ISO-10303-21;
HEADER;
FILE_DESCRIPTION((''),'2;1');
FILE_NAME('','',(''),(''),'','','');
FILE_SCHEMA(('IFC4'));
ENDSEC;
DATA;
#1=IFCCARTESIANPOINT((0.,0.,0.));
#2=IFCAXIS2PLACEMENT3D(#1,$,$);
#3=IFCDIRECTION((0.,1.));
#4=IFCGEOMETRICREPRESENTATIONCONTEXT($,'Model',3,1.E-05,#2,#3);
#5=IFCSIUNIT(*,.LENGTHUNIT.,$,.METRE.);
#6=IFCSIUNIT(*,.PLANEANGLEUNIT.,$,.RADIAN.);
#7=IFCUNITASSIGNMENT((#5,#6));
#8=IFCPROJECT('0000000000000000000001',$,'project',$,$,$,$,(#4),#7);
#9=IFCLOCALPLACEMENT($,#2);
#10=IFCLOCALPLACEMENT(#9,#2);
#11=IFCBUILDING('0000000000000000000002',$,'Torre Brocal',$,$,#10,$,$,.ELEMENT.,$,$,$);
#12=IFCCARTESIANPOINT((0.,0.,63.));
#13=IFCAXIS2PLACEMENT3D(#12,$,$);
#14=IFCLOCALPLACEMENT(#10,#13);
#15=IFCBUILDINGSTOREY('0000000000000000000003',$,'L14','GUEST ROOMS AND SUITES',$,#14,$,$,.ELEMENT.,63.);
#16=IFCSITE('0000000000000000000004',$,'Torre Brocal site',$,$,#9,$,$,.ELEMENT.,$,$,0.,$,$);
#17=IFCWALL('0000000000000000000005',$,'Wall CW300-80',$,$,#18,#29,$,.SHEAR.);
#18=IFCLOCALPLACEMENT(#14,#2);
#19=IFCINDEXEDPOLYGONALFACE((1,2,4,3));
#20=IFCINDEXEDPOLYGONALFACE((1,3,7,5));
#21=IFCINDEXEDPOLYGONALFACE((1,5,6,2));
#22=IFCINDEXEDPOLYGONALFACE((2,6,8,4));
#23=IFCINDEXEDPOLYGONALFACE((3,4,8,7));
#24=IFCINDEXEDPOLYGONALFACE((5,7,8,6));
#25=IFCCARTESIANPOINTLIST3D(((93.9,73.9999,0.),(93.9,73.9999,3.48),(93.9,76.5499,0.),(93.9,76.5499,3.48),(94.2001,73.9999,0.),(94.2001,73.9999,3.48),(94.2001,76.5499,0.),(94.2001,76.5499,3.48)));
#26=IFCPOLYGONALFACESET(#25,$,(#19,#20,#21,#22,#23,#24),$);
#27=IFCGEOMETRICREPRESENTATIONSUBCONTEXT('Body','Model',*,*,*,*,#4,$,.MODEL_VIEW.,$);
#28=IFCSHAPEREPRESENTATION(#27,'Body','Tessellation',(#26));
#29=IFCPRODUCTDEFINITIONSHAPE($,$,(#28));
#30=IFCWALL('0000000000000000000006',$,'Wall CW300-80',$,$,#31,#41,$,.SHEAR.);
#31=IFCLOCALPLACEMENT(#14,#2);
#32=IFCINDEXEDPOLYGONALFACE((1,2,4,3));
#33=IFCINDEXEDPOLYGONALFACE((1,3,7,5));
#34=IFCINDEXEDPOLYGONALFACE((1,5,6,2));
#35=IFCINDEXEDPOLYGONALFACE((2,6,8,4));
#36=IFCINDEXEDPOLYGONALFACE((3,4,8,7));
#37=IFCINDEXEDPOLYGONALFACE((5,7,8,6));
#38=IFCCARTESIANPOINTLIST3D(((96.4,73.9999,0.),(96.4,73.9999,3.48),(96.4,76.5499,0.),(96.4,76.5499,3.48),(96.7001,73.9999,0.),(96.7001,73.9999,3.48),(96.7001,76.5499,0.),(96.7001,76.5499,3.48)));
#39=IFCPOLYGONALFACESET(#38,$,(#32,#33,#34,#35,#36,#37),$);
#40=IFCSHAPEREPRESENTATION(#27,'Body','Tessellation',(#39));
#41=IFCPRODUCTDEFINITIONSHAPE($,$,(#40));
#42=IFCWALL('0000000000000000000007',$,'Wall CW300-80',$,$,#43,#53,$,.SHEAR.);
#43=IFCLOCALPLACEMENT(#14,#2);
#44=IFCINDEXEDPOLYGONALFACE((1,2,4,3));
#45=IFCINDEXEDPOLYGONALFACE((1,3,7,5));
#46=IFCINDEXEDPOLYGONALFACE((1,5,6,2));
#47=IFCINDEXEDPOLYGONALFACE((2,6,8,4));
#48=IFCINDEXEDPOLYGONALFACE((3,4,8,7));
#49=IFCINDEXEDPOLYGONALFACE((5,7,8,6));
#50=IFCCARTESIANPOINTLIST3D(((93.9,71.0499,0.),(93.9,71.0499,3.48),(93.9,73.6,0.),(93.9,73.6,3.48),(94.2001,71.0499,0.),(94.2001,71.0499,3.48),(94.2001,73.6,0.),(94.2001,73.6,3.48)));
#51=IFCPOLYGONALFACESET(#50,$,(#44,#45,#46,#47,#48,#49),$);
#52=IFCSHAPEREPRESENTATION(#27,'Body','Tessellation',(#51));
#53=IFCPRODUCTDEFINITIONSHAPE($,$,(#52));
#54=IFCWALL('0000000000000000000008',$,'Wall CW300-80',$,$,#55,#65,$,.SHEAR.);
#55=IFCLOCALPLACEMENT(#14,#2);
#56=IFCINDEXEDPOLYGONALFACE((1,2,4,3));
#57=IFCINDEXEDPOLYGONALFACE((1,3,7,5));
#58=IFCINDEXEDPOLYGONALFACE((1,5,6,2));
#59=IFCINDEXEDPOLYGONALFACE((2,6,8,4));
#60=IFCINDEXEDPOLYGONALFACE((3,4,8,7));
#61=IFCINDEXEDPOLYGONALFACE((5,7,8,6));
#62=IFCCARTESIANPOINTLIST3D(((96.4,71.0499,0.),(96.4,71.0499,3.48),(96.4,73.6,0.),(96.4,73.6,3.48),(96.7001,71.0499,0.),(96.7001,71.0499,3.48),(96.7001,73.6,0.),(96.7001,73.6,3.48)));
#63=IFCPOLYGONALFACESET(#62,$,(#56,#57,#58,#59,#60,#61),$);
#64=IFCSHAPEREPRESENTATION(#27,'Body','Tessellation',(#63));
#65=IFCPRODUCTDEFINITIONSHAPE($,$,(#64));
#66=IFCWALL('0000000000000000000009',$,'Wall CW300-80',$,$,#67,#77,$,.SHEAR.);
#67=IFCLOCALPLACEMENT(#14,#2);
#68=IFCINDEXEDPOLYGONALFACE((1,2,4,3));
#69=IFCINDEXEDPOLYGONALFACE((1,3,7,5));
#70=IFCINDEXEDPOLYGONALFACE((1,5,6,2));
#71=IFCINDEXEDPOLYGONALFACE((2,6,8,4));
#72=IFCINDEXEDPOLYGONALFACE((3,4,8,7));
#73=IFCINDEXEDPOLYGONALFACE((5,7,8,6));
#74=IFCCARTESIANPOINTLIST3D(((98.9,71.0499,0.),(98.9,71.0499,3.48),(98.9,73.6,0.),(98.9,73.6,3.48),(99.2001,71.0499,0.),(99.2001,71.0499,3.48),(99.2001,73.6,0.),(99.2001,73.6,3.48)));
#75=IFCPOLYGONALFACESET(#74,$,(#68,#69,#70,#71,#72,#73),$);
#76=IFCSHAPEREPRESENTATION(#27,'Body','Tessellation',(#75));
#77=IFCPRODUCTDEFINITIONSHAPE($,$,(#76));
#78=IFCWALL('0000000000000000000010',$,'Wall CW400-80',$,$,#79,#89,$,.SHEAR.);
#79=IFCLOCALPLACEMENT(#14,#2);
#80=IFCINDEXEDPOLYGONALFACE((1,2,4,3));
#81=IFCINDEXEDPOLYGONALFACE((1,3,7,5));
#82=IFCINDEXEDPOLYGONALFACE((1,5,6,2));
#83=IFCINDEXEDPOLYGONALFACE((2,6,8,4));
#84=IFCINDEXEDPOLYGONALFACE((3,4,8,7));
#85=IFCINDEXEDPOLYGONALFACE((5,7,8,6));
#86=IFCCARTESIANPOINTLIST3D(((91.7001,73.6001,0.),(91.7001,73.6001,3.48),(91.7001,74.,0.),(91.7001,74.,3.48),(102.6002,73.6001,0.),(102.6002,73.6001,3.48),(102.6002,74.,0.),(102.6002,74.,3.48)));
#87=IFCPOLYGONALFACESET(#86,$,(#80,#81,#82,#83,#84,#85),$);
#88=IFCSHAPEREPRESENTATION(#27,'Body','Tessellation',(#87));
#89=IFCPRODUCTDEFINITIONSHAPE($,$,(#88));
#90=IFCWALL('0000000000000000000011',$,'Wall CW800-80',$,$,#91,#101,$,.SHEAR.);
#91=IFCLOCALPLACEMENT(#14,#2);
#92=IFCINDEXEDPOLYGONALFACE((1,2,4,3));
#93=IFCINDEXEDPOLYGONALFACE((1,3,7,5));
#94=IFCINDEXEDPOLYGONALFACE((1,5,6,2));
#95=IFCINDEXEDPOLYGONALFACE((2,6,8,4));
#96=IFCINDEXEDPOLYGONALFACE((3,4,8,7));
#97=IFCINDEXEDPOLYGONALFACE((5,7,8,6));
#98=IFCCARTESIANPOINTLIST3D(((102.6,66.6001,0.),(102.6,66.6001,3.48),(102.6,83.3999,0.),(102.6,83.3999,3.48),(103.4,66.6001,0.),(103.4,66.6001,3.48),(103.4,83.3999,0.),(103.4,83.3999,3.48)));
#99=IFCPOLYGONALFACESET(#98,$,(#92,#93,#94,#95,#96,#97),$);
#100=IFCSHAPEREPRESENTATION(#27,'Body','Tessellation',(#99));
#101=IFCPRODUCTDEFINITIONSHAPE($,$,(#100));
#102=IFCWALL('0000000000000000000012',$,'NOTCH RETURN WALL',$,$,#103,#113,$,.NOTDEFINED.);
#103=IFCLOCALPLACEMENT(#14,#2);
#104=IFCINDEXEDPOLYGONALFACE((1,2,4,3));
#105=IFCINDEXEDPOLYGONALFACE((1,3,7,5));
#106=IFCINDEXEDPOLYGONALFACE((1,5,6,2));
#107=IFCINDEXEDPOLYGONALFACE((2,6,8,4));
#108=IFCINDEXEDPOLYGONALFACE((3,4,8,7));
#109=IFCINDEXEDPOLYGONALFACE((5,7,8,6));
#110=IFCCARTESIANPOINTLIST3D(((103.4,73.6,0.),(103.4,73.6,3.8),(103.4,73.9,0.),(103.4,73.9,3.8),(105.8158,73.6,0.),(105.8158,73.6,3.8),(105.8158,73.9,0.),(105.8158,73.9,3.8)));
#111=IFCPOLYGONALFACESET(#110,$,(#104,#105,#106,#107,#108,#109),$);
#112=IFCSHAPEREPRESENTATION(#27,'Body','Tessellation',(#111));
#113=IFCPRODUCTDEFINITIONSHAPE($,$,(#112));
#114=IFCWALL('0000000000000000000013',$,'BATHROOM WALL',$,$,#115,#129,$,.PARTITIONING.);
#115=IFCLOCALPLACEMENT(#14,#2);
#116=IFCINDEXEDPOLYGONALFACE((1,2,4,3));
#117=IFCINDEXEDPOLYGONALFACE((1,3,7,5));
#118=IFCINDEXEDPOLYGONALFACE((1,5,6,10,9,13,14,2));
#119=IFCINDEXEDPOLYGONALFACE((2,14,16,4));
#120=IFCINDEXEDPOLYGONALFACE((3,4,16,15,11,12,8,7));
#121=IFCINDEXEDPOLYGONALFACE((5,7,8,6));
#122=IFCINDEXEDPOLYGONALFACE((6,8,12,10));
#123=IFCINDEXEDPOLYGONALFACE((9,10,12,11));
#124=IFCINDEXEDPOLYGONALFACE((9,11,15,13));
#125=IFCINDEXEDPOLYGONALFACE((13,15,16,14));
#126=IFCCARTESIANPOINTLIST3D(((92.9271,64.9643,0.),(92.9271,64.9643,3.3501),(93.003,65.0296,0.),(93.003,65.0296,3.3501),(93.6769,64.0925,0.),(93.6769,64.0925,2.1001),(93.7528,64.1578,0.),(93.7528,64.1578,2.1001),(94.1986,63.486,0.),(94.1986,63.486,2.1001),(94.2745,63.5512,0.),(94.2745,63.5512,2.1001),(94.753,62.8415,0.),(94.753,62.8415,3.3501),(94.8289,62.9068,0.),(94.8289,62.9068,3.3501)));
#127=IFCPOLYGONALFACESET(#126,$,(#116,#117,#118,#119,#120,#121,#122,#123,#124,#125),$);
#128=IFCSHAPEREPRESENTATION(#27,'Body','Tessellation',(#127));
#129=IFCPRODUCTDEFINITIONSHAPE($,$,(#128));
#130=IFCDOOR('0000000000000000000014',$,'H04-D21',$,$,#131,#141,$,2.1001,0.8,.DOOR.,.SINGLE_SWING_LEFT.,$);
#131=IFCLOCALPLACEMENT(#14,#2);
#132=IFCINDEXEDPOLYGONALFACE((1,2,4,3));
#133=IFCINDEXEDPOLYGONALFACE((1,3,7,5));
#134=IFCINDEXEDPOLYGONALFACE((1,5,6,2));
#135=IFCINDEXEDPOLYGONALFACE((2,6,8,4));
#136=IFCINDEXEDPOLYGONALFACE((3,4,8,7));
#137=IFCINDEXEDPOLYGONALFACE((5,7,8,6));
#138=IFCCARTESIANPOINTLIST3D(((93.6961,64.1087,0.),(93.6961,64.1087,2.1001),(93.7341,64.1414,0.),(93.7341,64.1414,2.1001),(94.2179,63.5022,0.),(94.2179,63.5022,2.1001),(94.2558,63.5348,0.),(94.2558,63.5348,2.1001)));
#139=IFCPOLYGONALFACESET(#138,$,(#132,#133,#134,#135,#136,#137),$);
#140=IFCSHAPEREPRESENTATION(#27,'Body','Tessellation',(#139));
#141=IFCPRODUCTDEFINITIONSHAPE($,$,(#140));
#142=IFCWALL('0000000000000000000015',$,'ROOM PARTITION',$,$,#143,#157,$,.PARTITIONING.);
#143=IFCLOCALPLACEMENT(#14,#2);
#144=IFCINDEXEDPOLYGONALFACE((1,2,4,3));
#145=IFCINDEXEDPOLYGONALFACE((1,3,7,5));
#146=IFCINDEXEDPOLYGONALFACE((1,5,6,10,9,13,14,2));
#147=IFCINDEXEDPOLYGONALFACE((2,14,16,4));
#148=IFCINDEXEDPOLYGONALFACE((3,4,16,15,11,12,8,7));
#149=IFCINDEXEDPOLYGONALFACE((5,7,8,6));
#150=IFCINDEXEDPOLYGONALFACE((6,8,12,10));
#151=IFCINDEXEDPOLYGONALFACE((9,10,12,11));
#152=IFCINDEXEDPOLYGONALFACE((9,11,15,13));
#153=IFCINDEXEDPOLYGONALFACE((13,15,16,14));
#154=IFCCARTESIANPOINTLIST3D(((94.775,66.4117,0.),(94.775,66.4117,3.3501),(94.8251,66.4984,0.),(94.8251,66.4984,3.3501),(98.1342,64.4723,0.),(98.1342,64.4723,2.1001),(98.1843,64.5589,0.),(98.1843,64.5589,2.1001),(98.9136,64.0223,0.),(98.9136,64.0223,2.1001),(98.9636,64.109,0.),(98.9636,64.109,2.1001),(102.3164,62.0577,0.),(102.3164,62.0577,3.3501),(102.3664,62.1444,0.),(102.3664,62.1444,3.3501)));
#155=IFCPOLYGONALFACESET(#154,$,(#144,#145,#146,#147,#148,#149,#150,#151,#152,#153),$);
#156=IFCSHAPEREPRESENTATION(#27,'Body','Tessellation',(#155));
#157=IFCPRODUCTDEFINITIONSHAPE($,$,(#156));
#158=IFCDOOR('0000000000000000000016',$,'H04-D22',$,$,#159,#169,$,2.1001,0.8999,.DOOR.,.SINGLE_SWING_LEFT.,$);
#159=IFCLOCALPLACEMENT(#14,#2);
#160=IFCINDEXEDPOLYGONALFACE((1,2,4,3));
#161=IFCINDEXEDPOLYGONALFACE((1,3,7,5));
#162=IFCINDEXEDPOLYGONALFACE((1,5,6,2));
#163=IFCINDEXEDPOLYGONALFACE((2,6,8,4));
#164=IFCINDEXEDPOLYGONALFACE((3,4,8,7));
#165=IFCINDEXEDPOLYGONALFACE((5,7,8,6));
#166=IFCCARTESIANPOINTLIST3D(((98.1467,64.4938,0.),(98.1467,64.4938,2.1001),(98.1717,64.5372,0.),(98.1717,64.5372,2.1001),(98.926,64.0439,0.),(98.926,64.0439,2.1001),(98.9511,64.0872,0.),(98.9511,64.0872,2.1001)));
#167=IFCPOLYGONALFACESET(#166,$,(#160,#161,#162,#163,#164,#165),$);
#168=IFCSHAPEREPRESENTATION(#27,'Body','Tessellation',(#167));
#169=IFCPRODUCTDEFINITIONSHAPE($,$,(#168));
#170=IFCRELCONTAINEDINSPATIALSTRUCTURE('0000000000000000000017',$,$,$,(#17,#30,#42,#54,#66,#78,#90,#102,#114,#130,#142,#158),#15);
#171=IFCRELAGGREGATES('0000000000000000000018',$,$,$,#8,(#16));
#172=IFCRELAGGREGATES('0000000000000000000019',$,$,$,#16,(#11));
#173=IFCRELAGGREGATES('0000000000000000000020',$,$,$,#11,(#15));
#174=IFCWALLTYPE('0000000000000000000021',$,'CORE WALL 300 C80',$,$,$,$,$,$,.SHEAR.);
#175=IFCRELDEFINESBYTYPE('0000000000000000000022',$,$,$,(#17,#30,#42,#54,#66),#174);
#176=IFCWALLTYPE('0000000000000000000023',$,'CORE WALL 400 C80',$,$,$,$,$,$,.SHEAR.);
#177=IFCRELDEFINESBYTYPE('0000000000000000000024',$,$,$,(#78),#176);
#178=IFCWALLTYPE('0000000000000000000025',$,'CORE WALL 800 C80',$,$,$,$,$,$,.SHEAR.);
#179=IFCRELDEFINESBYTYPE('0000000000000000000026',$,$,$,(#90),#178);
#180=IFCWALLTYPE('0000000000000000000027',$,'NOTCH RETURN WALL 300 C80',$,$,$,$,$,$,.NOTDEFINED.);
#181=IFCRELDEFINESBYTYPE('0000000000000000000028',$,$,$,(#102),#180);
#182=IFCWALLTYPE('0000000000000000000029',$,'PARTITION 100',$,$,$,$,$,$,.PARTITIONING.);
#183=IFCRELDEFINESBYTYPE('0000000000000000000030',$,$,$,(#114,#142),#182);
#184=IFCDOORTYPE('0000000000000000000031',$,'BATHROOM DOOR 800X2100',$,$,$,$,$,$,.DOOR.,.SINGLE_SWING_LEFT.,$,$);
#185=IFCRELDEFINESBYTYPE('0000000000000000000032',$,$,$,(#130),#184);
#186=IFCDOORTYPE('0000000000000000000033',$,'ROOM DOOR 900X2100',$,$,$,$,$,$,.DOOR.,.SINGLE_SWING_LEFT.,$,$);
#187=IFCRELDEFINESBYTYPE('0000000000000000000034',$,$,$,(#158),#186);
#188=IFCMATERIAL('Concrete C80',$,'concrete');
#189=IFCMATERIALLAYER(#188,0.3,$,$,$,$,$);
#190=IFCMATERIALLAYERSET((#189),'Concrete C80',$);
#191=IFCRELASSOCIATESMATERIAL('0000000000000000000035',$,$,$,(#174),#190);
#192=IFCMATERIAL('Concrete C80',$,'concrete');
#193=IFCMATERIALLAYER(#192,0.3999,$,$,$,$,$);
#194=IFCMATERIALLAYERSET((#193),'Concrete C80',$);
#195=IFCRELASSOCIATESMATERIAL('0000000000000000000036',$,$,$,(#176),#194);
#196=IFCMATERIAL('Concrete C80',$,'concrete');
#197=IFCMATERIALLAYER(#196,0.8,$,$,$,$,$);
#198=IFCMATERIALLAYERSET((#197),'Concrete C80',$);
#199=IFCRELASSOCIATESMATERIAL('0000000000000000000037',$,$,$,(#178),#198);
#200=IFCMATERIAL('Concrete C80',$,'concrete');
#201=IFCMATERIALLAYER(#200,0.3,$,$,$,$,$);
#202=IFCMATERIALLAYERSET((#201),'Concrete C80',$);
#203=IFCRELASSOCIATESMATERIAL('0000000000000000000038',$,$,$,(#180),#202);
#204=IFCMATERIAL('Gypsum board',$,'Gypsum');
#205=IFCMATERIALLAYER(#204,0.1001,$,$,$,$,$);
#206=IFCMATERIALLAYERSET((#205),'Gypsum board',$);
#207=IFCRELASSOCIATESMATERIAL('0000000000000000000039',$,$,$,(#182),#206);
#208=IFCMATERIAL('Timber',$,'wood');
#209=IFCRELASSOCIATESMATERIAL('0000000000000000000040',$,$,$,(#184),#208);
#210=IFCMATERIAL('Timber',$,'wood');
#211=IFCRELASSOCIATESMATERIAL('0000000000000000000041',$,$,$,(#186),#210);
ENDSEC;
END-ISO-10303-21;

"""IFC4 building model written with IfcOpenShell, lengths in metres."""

from ifc_helpers import new_model, si_unit, direction, frame, frame_2d, origin, place, context, subcontext, project, spatial, rectangle, extrude, material, layer, layer_set, type_object, element, fill, save


model = new_model("IFC4")

# Units and contexts
model_context = context("Model", 3, precision=1e-05, world=origin(), true_north=direction((0.0, 1.0)))
body_context = subcontext(model_context, "Body", "Model", "MODEL_VIEW")
ifc_project = project(units=[si_unit("LENGTHUNIT", "METRE"), si_unit("PLANEANGLEUNIT", "RADIAN")], contexts=[model_context])

# Site, building, storey
site_placement = place(None, origin())
site = spatial("IfcSite", under=ifc_project, at=site_placement, Name="Torre Brocal site", CompositionType="ELEMENT", RefElevation=0.0)
building_placement = place(site_placement, origin())
building = spatial("IfcBuilding", under=site, at=building_placement, Name="Torre Brocal", CompositionType="ELEMENT")
storey_placement = place(building_placement, frame((0.0, 0.0, 63.0)))
storey = spatial("IfcBuildingStorey", under=building, at=storey_placement, Name="L14", Description="GUEST ROOMS AND SUITES", CompositionType="ELEMENT", Elevation=63.0)

# Shared definitions
ifc_material_1 = material(Name="Concrete C80", Category="concrete")
ifc_layer_1 = layer(ifc_material_1, 0.3)
ifc_layer_set_1 = layer_set([ifc_layer_1], Name="Concrete C80")
wall_type_1 = type_object("IfcWallType", Name="CORE WALL 300 C80", PredefinedType="SHEAR", material=ifc_layer_set_1)

# Walls
for number, where, z_axis, x_axis, name in (
    (1, (94.05, 74.0, 0.0), (0.0, 0.0, 1.0), (0.0, 1.0, 0.0), "Wall CW300-80"),
    (2, (96.55, 74.0, 0.0), (0.0, 0.0, 1.0), (0.0, 1.0, 0.0), "Wall CW300-80"),
    (3, (94.05, 71.05, 0.0), (0.0, 0.0, 1.0), (0.0, 1.0, 0.0), "Wall CW300-80"),
    (4, (96.55, 71.05, 0.0), (0.0, 0.0, 1.0), (0.0, 1.0, 0.0), "Wall CW300-80"),
    (5, (99.05, 71.05, 0.0), (0.0, 0.0, 1.0), (0.0, 1.0, 0.0), "Wall CW300-80"),
):
    element("IfcWall", number, at=place(storey_placement, frame(where, z_axis=z_axis, x_axis=x_axis)), inside=storey, type_object=wall_type_1, Name=name, PredefinedType="SHEAR", context=body_context, shape_type="SweptSolid", body=[
        extrude(rectangle(XDim=2.55, YDim=0.3, at=frame_2d((1.2749, 0.0))), origin(), (0.0, 0.0, 1.0), 3.48),
    ])
ifc_material_2 = material(Name="Concrete C80", Category="concrete")
ifc_layer_2 = layer(ifc_material_2, 0.3999)
ifc_layer_set_2 = layer_set([ifc_layer_2], Name="Concrete C80")
wall_type_2 = type_object("IfcWallType", Name="CORE WALL 400 C80", PredefinedType="SHEAR", material=ifc_layer_set_2)
wall_1_placement = place(storey_placement, frame((91.7, 73.8, 0.0), z_axis=(0.0, 0.0, 1.0), x_axis=(1.0, 0.0, 0.0)))
element("IfcWall", 6, at=wall_1_placement, inside=storey, type_object=wall_type_2, Name="Wall CW400-80", PredefinedType="SHEAR", context=body_context, shape_type="SweptSolid", body=[
    extrude(rectangle(XDim=10.9001, YDim=0.3999, at=frame_2d((5.4502, 0.0))), origin(), (0.0, 0.0, 1.0), 3.48),
])
ifc_material_3 = material(Name="Concrete C80", Category="concrete")
ifc_layer_3 = layer(ifc_material_3, 0.8)
ifc_layer_set_3 = layer_set([ifc_layer_3], Name="Concrete C80")
wall_type_3 = type_object("IfcWallType", Name="CORE WALL 800 C80", PredefinedType="SHEAR", material=ifc_layer_set_3)
wall_2_placement = place(storey_placement, frame((103.0, 66.6001, 0.0), z_axis=(0.0, 0.0, 1.0), x_axis=(0.0, 1.0, 0.0)))
element("IfcWall", 7, at=wall_2_placement, inside=storey, type_object=wall_type_3, Name="Wall CW800-80", PredefinedType="SHEAR", context=body_context, shape_type="SweptSolid", body=[
    extrude(rectangle(XDim=16.7998, YDim=0.8, at=frame_2d((8.3999, 0.0))), origin(), (0.0, 0.0, 1.0), 3.48),
])
ifc_material_4 = material(Name="Concrete C80", Category="concrete")
ifc_layer_4 = layer(ifc_material_4, 0.3)
ifc_layer_set_4 = layer_set([ifc_layer_4], Name="Concrete C80")
wall_type_4 = type_object("IfcWallType", Name="NOTCH RETURN WALL 300 C80", PredefinedType="NOTDEFINED", material=ifc_layer_set_4)
wall_3_placement = place(storey_placement, frame((103.3999, 73.75, 0.0), z_axis=(0.0, 0.0, 1.0), x_axis=(1.0, 0.0, 0.0)))
element("IfcWall", 8, at=wall_3_placement, inside=storey, type_object=wall_type_4, Name="NOTCH RETURN WALL", PredefinedType="NOTDEFINED", context=body_context, shape_type="SweptSolid", body=[
    extrude(rectangle(XDim=2.4158, YDim=0.3, at=frame_2d((1.208, 0.0))), origin(), (0.0, 0.0, 1.0), 3.8),
])

# Walls, openings, doors
ifc_material_5 = material(Name="Gypsum board", Category="Gypsum")
ifc_layer_5 = layer(ifc_material_5, 0.1001)
ifc_layer_set_5 = layer_set([ifc_layer_5], Name="Gypsum board")
wall_type_5 = type_object("IfcWallType", Name="PARTITION 100", PredefinedType="PARTITIONING", material=ifc_layer_set_5)
wall_4_placement = place(storey_placement, frame((92.9651, 64.9968, 0.0), z_axis=(0.0, 0.0, 1.0), x_axis=(0.652104, -0.758129, 0.0)))
wall_4 = element("IfcWall", 9, at=wall_4_placement, inside=storey, type_object=wall_type_5, Name="BATHROOM WALL", PredefinedType="PARTITIONING", context=body_context, shape_type="SweptSolid", body=[
    extrude(rectangle(XDim=2.8, YDim=0.1001, at=frame_2d((1.3999, 0.0))), origin(), (0.0, 0.0, 1.0), 3.3501),
])
opening_1_placement = place(wall_4_placement, frame((1.1499, 0.0, 0.0)))
opening_1 = element("IfcOpeningElement", 10, at=opening_1_placement, cuts=wall_4, PredefinedType="OPENING", context=body_context, shape_type="SweptSolid", body=[
    extrude(rectangle(XDim=0.8, YDim=2.1001, at=frame_2d((0.3999, 1.05))), frame((0.0, 0.0601, 0.0), z_axis=(0.0, -1.0, 0.0), x_axis=(1.0, 0.0, 0.0)), (0.0, 0.0, 1.0), 0.1201),
])
ifc_material_6 = material(Name="Timber", Category="wood")
door_type_1 = type_object("IfcDoorType", Name="BATHROOM DOOR 800X2100", OperationType="SINGLE_SWING_LEFT", PredefinedType="DOOR", material=ifc_material_6)
door_1_placement = place(opening_1_placement, frame((0.8, 0.0, 0.0), z_axis=(0.0, 0.0, 1.0), x_axis=(-1.0, 0.0, 0.0)))
door_1 = element("IfcDoor", 11, at=door_1_placement, inside=storey, type_object=door_type_1, Name="H04-D21", OperationType="SINGLE_SWING_LEFT", OverallHeight=2.1001, OverallWidth=0.8, PredefinedType="DOOR", context=body_context, shape_type="SweptSolid", body=[
    extrude(rectangle(XDim=0.8, YDim=2.1001, at=frame_2d((0.3999, 1.05))), frame((0.0, 0.0249, 0.0), z_axis=(0.0, -1.0, 0.0), x_axis=(1.0, 0.0, 0.0)), (0.0, 0.0, 1.0), 0.05),
])
fill(opening_1, door_1)
wall_5_placement = place(storey_placement, frame((94.8, 66.4551, 0.0), z_axis=(0.0, 0.0, 1.0), x_axis=(0.866023, -0.500005, 0.0)))
wall_5 = element("IfcWall", 12, at=wall_5_placement, inside=storey, type_object=wall_type_5, Name="ROOM PARTITION", PredefinedType="PARTITIONING", context=body_context, shape_type="SweptSolid", body=[
    extrude(rectangle(XDim=8.708, YDim=0.1001, at=frame_2d((4.354, 0.0))), origin(), (0.0, 0.0, 1.0), 3.3501),
])
opening_2_placement = place(wall_5_placement, frame((3.8789, 0.0, 0.0)))
opening_2 = element("IfcOpeningElement", 13, at=opening_2_placement, cuts=wall_5, PredefinedType="OPENING", context=body_context, shape_type="SweptSolid", body=[
    extrude(rectangle(XDim=0.8999, YDim=2.1001, at=frame_2d((0.45, 1.05))), frame((0.0, 0.0601, 0.0), z_axis=(0.0, -1.0, 0.0), x_axis=(1.0, 0.0, 0.0)), (0.0, 0.0, 1.0), 0.1201),
])
ifc_material_7 = material(Name="Timber", Category="wood")
door_type_2 = type_object("IfcDoorType", Name="ROOM DOOR 900X2100", OperationType="SINGLE_SWING_LEFT", PredefinedType="DOOR", material=ifc_material_7)
door_2_placement = place(opening_2_placement, origin())
door_2 = element("IfcDoor", 14, at=door_2_placement, inside=storey, type_object=door_type_2, Name="H04-D22", OperationType="SINGLE_SWING_LEFT", OverallHeight=2.1001, OverallWidth=0.8999, PredefinedType="DOOR", context=body_context, shape_type="SweptSolid", body=[
    extrude(rectangle(XDim=0.8999, YDim=2.1001, at=frame_2d((0.45, 1.05))), frame((0.0, 0.0249, 0.0), z_axis=(0.0, -1.0, 0.0), x_axis=(1.0, 0.0, 0.0)), (0.0, 0.0, 1.0), 0.05),
])
fill(opening_2, door_2)

save(model, "model.ifc")
